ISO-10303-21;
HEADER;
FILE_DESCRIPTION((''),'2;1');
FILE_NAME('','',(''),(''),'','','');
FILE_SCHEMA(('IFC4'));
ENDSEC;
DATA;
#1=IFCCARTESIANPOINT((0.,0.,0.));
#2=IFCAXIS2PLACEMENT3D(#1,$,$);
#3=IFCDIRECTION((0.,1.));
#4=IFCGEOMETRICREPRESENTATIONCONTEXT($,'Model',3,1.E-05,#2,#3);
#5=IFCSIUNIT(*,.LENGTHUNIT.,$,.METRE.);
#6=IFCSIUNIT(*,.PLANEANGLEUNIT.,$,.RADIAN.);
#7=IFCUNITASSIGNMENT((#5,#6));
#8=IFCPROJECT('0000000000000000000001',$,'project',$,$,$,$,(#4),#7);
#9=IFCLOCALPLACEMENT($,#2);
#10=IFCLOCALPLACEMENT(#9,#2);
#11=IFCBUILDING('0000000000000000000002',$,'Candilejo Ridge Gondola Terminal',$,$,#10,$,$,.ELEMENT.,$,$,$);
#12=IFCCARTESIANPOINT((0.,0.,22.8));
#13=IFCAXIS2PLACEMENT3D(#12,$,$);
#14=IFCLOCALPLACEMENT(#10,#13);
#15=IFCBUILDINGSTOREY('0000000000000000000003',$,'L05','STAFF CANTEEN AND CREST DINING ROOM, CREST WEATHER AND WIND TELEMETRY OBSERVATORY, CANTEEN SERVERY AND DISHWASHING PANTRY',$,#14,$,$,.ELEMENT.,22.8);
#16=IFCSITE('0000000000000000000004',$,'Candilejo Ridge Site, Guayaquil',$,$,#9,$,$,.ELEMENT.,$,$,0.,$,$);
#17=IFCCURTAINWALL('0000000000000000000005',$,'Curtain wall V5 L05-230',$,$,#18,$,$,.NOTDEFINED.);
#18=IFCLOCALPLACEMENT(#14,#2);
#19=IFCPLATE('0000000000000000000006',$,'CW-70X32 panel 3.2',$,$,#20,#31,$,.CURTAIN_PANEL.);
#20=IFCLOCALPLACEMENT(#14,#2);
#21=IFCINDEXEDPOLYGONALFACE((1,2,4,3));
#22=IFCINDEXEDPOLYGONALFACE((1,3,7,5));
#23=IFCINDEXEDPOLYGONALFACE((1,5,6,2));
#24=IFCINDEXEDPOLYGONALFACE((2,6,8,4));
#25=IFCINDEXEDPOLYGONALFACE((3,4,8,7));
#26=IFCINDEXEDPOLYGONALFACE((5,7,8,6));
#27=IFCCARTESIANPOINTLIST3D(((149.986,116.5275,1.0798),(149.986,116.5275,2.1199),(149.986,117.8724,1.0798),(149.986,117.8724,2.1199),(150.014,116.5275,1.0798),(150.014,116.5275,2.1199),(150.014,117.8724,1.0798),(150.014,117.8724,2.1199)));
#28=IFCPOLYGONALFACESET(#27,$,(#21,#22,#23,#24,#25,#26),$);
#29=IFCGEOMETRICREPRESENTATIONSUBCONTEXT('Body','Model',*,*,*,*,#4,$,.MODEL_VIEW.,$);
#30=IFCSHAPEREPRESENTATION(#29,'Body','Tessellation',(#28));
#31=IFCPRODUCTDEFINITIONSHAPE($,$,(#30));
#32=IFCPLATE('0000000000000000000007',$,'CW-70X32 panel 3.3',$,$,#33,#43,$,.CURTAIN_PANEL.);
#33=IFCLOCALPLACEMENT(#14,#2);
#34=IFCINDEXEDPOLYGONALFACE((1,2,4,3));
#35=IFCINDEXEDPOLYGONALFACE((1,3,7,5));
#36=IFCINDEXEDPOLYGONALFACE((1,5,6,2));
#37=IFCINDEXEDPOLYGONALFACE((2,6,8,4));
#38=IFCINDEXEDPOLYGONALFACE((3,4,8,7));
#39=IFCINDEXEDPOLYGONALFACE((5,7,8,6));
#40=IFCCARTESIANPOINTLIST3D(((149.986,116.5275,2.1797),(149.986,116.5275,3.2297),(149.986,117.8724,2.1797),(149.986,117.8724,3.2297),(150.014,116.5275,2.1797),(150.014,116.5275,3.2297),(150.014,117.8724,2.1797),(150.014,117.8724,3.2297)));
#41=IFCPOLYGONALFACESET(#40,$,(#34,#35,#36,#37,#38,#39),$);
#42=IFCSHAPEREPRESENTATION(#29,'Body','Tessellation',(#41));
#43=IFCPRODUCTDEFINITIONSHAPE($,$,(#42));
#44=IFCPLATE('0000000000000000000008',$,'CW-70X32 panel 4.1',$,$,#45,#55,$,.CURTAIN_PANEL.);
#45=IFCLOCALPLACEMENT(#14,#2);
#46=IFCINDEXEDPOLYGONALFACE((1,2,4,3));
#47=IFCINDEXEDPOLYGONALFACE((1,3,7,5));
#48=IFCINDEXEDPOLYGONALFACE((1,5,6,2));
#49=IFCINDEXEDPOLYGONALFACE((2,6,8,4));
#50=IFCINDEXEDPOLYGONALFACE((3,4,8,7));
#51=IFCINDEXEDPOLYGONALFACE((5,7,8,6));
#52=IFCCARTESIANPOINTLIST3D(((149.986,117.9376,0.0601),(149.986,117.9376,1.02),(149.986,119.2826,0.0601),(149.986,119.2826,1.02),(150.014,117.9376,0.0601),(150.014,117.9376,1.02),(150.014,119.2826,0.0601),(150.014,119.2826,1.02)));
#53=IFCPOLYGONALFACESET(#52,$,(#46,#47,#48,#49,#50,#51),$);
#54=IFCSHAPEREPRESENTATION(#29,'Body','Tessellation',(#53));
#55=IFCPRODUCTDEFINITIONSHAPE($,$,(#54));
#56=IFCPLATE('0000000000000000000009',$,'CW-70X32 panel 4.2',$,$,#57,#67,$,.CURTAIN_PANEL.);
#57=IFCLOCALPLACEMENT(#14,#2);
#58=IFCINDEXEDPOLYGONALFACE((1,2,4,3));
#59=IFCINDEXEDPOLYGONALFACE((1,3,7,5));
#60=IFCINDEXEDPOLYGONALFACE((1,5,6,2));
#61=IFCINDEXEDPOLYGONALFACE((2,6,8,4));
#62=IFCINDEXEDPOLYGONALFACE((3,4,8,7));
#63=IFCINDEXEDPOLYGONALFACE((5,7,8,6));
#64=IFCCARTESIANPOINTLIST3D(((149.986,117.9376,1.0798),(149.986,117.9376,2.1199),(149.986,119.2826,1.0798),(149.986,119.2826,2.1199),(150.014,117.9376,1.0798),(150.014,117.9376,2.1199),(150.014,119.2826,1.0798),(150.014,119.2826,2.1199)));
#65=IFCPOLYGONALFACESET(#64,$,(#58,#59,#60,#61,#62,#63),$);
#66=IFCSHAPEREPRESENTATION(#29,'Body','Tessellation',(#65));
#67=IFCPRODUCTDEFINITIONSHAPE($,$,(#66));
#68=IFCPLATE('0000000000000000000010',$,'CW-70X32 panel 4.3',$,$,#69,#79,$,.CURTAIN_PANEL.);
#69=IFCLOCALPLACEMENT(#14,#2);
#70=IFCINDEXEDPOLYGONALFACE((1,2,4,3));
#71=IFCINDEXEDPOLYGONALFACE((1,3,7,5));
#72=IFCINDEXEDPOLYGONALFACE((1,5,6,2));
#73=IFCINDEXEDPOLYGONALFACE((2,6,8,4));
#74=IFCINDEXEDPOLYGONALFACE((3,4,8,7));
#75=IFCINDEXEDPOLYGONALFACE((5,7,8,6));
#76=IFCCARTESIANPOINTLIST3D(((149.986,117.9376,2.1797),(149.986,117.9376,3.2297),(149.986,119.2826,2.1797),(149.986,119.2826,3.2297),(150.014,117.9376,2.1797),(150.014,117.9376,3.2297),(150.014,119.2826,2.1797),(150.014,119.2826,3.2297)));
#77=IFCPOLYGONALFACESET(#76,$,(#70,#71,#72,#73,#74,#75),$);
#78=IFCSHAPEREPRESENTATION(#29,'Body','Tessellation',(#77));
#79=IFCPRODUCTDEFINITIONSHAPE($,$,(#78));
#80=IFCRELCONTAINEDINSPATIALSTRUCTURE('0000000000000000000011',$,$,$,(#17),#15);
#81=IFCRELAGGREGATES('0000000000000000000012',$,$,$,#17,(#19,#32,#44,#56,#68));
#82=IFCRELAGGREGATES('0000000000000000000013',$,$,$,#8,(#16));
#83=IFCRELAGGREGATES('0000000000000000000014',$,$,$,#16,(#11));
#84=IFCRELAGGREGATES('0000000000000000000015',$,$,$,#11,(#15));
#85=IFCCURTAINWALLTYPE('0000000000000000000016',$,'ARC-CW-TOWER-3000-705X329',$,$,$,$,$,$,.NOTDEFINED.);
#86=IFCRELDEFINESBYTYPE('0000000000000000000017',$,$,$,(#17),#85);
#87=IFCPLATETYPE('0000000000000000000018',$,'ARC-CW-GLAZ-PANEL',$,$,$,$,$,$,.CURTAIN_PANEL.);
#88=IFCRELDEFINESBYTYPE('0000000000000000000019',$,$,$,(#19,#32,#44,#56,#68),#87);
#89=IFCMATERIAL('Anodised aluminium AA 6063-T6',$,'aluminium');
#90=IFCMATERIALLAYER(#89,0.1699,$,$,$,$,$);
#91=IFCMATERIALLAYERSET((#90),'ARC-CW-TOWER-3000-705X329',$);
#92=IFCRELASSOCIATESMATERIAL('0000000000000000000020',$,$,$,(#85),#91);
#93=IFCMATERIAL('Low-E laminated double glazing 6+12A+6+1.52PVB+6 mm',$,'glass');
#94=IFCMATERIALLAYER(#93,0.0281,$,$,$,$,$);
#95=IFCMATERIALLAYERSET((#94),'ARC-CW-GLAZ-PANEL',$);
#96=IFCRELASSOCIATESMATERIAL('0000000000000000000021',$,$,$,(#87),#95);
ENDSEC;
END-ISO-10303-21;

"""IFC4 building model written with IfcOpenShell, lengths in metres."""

from ifc_helpers import new_model, si_unit, direction, frame, origin, origin_2d, place, context, subcontext, project, spatial, rectangle, extrude, material, layer, layer_set, type_object, element, aggregate, save


model = new_model("IFC4")

# Units and contexts
model_context = context("Model", 3, precision=1e-05, world=origin(), true_north=direction((0.0, 1.0)))
body_context = subcontext(model_context, "Body", "Model", "MODEL_VIEW")
ifc_project = project(units=[si_unit("LENGTHUNIT", "METRE"), si_unit("PLANEANGLEUNIT", "RADIAN")], contexts=[model_context])

# Site, building, storey
site_placement = place(None, origin())
site = spatial("IfcSite", under=ifc_project, at=site_placement, Name="Candilejo Ridge Site, Guayaquil", CompositionType="ELEMENT", RefElevation=0.0)
building_placement = place(site_placement, origin())
building = spatial("IfcBuilding", under=site, at=building_placement, Name="Candilejo Ridge Gondola Terminal", CompositionType="ELEMENT")
storey_placement = place(building_placement, frame((0.0, 0.0, 22.8)))
storey = spatial("IfcBuildingStorey", under=building, at=storey_placement, Name="L05", Description="STAFF CANTEEN AND CREST DINING ROOM, CREST WEATHER AND WIND TELEMETRY OBSERVATORY, CANTEEN SERVERY AND DISHWASHING PANTRY", CompositionType="ELEMENT", Elevation=22.8)

# Curtain wall, plates
ifc_material_1 = material(Name="Anodised aluminium AA 6063-T6", Category="aluminium")
ifc_layer_1 = layer(ifc_material_1, 0.1699)
ifc_layer_set_1 = layer_set([ifc_layer_1], Name="ARC-CW-TOWER-3000-705X329")
curtain_wall_type = type_object("IfcCurtainWallType", Name="ARC-CW-TOWER-3000-705X329", PredefinedType="NOTDEFINED", material=ifc_layer_set_1)
curtain_wall_placement = place(storey_placement, origin())
curtain_wall = element("IfcCurtainWall", 1, at=curtain_wall_placement, inside=storey, type_object=curtain_wall_type, Name="Curtain wall V5 L05-230", PredefinedType="NOTDEFINED")
ifc_material_2 = material(Name="Low-E laminated double glazing 6+12A+6+1.52PVB+6 mm", Category="glass")
ifc_layer_2 = layer(ifc_material_2, 0.0281)
ifc_layer_set_2 = layer_set([ifc_layer_2], Name="ARC-CW-GLAZ-PANEL")
plate_type = type_object("IfcPlateType", Name="ARC-CW-GLAZ-PANEL", PredefinedType="CURTAIN_PANEL", material=ifc_layer_set_2)
plate_1_placement = place(storey_placement, frame((150.0, 117.2, 1.0798), z_axis=(0.0, 0.0, 1.0), x_axis=(0.0, 1.0, 0.0)))
plate_1 = element("IfcPlate", 2, at=plate_1_placement, type_object=plate_type, Name="CW-70X32 panel 3.2", PredefinedType="CURTAIN_PANEL", context=body_context, shape_type="SweptSolid", body=[
    extrude(rectangle(XDim=1.345, YDim=0.0281, at=origin_2d()), origin(), (0.0, 0.0, 1.0), 1.04),
])
plate_2_placement = place(storey_placement, frame((150.0, 117.2, 2.1797), z_axis=(0.0, 0.0, 1.0), x_axis=(0.0, 1.0, 0.0)))
plate_2 = element("IfcPlate", 3, at=plate_2_placement, type_object=plate_type, Name="CW-70X32 panel 3.3", PredefinedType="CURTAIN_PANEL", context=body_context, shape_type="SweptSolid", body=[
    extrude(rectangle(XDim=1.345, YDim=0.0281, at=origin_2d()), origin(), (0.0, 0.0, 1.0), 1.05),
])
plate_3_placement = place(storey_placement, frame((150.0, 118.6101, 0.0601), z_axis=(0.0, 0.0, 1.0), x_axis=(0.0, 1.0, 0.0)))
plate_3 = element("IfcPlate", 4, at=plate_3_placement, type_object=plate_type, Name="CW-70X32 panel 4.1", PredefinedType="CURTAIN_PANEL", context=body_context, shape_type="SweptSolid", body=[
    extrude(rectangle(XDim=1.345, YDim=0.0281, at=origin_2d()), origin(), (0.0, 0.0, 1.0), 0.96),
])
plate_4_placement = place(storey_placement, frame((150.0, 118.6101, 1.0798), z_axis=(0.0, 0.0, 1.0), x_axis=(0.0, 1.0, 0.0)))
plate_4 = element("IfcPlate", 5, at=plate_4_placement, type_object=plate_type, Name="CW-70X32 panel 4.2", PredefinedType="CURTAIN_PANEL", context=body_context, shape_type="SweptSolid", body=[
    extrude(rectangle(XDim=1.345, YDim=0.0281, at=origin_2d()), origin(), (0.0, 0.0, 1.0), 1.04),
])
plate_5_placement = place(storey_placement, frame((150.0, 118.6101, 2.1797), z_axis=(0.0, 0.0, 1.0), x_axis=(0.0, 1.0, 0.0)))
plate_5 = element("IfcPlate", 6, at=plate_5_placement, type_object=plate_type, Name="CW-70X32 panel 4.3", PredefinedType="CURTAIN_PANEL", context=body_context, shape_type="SweptSolid", body=[
    extrude(rectangle(XDim=1.345, YDim=0.0281, at=origin_2d()), origin(), (0.0, 0.0, 1.0), 1.05),
])
aggregate(curtain_wall, [plate_1, plate_2, plate_3, plate_4, plate_5])

save(model, "model.ifc")
